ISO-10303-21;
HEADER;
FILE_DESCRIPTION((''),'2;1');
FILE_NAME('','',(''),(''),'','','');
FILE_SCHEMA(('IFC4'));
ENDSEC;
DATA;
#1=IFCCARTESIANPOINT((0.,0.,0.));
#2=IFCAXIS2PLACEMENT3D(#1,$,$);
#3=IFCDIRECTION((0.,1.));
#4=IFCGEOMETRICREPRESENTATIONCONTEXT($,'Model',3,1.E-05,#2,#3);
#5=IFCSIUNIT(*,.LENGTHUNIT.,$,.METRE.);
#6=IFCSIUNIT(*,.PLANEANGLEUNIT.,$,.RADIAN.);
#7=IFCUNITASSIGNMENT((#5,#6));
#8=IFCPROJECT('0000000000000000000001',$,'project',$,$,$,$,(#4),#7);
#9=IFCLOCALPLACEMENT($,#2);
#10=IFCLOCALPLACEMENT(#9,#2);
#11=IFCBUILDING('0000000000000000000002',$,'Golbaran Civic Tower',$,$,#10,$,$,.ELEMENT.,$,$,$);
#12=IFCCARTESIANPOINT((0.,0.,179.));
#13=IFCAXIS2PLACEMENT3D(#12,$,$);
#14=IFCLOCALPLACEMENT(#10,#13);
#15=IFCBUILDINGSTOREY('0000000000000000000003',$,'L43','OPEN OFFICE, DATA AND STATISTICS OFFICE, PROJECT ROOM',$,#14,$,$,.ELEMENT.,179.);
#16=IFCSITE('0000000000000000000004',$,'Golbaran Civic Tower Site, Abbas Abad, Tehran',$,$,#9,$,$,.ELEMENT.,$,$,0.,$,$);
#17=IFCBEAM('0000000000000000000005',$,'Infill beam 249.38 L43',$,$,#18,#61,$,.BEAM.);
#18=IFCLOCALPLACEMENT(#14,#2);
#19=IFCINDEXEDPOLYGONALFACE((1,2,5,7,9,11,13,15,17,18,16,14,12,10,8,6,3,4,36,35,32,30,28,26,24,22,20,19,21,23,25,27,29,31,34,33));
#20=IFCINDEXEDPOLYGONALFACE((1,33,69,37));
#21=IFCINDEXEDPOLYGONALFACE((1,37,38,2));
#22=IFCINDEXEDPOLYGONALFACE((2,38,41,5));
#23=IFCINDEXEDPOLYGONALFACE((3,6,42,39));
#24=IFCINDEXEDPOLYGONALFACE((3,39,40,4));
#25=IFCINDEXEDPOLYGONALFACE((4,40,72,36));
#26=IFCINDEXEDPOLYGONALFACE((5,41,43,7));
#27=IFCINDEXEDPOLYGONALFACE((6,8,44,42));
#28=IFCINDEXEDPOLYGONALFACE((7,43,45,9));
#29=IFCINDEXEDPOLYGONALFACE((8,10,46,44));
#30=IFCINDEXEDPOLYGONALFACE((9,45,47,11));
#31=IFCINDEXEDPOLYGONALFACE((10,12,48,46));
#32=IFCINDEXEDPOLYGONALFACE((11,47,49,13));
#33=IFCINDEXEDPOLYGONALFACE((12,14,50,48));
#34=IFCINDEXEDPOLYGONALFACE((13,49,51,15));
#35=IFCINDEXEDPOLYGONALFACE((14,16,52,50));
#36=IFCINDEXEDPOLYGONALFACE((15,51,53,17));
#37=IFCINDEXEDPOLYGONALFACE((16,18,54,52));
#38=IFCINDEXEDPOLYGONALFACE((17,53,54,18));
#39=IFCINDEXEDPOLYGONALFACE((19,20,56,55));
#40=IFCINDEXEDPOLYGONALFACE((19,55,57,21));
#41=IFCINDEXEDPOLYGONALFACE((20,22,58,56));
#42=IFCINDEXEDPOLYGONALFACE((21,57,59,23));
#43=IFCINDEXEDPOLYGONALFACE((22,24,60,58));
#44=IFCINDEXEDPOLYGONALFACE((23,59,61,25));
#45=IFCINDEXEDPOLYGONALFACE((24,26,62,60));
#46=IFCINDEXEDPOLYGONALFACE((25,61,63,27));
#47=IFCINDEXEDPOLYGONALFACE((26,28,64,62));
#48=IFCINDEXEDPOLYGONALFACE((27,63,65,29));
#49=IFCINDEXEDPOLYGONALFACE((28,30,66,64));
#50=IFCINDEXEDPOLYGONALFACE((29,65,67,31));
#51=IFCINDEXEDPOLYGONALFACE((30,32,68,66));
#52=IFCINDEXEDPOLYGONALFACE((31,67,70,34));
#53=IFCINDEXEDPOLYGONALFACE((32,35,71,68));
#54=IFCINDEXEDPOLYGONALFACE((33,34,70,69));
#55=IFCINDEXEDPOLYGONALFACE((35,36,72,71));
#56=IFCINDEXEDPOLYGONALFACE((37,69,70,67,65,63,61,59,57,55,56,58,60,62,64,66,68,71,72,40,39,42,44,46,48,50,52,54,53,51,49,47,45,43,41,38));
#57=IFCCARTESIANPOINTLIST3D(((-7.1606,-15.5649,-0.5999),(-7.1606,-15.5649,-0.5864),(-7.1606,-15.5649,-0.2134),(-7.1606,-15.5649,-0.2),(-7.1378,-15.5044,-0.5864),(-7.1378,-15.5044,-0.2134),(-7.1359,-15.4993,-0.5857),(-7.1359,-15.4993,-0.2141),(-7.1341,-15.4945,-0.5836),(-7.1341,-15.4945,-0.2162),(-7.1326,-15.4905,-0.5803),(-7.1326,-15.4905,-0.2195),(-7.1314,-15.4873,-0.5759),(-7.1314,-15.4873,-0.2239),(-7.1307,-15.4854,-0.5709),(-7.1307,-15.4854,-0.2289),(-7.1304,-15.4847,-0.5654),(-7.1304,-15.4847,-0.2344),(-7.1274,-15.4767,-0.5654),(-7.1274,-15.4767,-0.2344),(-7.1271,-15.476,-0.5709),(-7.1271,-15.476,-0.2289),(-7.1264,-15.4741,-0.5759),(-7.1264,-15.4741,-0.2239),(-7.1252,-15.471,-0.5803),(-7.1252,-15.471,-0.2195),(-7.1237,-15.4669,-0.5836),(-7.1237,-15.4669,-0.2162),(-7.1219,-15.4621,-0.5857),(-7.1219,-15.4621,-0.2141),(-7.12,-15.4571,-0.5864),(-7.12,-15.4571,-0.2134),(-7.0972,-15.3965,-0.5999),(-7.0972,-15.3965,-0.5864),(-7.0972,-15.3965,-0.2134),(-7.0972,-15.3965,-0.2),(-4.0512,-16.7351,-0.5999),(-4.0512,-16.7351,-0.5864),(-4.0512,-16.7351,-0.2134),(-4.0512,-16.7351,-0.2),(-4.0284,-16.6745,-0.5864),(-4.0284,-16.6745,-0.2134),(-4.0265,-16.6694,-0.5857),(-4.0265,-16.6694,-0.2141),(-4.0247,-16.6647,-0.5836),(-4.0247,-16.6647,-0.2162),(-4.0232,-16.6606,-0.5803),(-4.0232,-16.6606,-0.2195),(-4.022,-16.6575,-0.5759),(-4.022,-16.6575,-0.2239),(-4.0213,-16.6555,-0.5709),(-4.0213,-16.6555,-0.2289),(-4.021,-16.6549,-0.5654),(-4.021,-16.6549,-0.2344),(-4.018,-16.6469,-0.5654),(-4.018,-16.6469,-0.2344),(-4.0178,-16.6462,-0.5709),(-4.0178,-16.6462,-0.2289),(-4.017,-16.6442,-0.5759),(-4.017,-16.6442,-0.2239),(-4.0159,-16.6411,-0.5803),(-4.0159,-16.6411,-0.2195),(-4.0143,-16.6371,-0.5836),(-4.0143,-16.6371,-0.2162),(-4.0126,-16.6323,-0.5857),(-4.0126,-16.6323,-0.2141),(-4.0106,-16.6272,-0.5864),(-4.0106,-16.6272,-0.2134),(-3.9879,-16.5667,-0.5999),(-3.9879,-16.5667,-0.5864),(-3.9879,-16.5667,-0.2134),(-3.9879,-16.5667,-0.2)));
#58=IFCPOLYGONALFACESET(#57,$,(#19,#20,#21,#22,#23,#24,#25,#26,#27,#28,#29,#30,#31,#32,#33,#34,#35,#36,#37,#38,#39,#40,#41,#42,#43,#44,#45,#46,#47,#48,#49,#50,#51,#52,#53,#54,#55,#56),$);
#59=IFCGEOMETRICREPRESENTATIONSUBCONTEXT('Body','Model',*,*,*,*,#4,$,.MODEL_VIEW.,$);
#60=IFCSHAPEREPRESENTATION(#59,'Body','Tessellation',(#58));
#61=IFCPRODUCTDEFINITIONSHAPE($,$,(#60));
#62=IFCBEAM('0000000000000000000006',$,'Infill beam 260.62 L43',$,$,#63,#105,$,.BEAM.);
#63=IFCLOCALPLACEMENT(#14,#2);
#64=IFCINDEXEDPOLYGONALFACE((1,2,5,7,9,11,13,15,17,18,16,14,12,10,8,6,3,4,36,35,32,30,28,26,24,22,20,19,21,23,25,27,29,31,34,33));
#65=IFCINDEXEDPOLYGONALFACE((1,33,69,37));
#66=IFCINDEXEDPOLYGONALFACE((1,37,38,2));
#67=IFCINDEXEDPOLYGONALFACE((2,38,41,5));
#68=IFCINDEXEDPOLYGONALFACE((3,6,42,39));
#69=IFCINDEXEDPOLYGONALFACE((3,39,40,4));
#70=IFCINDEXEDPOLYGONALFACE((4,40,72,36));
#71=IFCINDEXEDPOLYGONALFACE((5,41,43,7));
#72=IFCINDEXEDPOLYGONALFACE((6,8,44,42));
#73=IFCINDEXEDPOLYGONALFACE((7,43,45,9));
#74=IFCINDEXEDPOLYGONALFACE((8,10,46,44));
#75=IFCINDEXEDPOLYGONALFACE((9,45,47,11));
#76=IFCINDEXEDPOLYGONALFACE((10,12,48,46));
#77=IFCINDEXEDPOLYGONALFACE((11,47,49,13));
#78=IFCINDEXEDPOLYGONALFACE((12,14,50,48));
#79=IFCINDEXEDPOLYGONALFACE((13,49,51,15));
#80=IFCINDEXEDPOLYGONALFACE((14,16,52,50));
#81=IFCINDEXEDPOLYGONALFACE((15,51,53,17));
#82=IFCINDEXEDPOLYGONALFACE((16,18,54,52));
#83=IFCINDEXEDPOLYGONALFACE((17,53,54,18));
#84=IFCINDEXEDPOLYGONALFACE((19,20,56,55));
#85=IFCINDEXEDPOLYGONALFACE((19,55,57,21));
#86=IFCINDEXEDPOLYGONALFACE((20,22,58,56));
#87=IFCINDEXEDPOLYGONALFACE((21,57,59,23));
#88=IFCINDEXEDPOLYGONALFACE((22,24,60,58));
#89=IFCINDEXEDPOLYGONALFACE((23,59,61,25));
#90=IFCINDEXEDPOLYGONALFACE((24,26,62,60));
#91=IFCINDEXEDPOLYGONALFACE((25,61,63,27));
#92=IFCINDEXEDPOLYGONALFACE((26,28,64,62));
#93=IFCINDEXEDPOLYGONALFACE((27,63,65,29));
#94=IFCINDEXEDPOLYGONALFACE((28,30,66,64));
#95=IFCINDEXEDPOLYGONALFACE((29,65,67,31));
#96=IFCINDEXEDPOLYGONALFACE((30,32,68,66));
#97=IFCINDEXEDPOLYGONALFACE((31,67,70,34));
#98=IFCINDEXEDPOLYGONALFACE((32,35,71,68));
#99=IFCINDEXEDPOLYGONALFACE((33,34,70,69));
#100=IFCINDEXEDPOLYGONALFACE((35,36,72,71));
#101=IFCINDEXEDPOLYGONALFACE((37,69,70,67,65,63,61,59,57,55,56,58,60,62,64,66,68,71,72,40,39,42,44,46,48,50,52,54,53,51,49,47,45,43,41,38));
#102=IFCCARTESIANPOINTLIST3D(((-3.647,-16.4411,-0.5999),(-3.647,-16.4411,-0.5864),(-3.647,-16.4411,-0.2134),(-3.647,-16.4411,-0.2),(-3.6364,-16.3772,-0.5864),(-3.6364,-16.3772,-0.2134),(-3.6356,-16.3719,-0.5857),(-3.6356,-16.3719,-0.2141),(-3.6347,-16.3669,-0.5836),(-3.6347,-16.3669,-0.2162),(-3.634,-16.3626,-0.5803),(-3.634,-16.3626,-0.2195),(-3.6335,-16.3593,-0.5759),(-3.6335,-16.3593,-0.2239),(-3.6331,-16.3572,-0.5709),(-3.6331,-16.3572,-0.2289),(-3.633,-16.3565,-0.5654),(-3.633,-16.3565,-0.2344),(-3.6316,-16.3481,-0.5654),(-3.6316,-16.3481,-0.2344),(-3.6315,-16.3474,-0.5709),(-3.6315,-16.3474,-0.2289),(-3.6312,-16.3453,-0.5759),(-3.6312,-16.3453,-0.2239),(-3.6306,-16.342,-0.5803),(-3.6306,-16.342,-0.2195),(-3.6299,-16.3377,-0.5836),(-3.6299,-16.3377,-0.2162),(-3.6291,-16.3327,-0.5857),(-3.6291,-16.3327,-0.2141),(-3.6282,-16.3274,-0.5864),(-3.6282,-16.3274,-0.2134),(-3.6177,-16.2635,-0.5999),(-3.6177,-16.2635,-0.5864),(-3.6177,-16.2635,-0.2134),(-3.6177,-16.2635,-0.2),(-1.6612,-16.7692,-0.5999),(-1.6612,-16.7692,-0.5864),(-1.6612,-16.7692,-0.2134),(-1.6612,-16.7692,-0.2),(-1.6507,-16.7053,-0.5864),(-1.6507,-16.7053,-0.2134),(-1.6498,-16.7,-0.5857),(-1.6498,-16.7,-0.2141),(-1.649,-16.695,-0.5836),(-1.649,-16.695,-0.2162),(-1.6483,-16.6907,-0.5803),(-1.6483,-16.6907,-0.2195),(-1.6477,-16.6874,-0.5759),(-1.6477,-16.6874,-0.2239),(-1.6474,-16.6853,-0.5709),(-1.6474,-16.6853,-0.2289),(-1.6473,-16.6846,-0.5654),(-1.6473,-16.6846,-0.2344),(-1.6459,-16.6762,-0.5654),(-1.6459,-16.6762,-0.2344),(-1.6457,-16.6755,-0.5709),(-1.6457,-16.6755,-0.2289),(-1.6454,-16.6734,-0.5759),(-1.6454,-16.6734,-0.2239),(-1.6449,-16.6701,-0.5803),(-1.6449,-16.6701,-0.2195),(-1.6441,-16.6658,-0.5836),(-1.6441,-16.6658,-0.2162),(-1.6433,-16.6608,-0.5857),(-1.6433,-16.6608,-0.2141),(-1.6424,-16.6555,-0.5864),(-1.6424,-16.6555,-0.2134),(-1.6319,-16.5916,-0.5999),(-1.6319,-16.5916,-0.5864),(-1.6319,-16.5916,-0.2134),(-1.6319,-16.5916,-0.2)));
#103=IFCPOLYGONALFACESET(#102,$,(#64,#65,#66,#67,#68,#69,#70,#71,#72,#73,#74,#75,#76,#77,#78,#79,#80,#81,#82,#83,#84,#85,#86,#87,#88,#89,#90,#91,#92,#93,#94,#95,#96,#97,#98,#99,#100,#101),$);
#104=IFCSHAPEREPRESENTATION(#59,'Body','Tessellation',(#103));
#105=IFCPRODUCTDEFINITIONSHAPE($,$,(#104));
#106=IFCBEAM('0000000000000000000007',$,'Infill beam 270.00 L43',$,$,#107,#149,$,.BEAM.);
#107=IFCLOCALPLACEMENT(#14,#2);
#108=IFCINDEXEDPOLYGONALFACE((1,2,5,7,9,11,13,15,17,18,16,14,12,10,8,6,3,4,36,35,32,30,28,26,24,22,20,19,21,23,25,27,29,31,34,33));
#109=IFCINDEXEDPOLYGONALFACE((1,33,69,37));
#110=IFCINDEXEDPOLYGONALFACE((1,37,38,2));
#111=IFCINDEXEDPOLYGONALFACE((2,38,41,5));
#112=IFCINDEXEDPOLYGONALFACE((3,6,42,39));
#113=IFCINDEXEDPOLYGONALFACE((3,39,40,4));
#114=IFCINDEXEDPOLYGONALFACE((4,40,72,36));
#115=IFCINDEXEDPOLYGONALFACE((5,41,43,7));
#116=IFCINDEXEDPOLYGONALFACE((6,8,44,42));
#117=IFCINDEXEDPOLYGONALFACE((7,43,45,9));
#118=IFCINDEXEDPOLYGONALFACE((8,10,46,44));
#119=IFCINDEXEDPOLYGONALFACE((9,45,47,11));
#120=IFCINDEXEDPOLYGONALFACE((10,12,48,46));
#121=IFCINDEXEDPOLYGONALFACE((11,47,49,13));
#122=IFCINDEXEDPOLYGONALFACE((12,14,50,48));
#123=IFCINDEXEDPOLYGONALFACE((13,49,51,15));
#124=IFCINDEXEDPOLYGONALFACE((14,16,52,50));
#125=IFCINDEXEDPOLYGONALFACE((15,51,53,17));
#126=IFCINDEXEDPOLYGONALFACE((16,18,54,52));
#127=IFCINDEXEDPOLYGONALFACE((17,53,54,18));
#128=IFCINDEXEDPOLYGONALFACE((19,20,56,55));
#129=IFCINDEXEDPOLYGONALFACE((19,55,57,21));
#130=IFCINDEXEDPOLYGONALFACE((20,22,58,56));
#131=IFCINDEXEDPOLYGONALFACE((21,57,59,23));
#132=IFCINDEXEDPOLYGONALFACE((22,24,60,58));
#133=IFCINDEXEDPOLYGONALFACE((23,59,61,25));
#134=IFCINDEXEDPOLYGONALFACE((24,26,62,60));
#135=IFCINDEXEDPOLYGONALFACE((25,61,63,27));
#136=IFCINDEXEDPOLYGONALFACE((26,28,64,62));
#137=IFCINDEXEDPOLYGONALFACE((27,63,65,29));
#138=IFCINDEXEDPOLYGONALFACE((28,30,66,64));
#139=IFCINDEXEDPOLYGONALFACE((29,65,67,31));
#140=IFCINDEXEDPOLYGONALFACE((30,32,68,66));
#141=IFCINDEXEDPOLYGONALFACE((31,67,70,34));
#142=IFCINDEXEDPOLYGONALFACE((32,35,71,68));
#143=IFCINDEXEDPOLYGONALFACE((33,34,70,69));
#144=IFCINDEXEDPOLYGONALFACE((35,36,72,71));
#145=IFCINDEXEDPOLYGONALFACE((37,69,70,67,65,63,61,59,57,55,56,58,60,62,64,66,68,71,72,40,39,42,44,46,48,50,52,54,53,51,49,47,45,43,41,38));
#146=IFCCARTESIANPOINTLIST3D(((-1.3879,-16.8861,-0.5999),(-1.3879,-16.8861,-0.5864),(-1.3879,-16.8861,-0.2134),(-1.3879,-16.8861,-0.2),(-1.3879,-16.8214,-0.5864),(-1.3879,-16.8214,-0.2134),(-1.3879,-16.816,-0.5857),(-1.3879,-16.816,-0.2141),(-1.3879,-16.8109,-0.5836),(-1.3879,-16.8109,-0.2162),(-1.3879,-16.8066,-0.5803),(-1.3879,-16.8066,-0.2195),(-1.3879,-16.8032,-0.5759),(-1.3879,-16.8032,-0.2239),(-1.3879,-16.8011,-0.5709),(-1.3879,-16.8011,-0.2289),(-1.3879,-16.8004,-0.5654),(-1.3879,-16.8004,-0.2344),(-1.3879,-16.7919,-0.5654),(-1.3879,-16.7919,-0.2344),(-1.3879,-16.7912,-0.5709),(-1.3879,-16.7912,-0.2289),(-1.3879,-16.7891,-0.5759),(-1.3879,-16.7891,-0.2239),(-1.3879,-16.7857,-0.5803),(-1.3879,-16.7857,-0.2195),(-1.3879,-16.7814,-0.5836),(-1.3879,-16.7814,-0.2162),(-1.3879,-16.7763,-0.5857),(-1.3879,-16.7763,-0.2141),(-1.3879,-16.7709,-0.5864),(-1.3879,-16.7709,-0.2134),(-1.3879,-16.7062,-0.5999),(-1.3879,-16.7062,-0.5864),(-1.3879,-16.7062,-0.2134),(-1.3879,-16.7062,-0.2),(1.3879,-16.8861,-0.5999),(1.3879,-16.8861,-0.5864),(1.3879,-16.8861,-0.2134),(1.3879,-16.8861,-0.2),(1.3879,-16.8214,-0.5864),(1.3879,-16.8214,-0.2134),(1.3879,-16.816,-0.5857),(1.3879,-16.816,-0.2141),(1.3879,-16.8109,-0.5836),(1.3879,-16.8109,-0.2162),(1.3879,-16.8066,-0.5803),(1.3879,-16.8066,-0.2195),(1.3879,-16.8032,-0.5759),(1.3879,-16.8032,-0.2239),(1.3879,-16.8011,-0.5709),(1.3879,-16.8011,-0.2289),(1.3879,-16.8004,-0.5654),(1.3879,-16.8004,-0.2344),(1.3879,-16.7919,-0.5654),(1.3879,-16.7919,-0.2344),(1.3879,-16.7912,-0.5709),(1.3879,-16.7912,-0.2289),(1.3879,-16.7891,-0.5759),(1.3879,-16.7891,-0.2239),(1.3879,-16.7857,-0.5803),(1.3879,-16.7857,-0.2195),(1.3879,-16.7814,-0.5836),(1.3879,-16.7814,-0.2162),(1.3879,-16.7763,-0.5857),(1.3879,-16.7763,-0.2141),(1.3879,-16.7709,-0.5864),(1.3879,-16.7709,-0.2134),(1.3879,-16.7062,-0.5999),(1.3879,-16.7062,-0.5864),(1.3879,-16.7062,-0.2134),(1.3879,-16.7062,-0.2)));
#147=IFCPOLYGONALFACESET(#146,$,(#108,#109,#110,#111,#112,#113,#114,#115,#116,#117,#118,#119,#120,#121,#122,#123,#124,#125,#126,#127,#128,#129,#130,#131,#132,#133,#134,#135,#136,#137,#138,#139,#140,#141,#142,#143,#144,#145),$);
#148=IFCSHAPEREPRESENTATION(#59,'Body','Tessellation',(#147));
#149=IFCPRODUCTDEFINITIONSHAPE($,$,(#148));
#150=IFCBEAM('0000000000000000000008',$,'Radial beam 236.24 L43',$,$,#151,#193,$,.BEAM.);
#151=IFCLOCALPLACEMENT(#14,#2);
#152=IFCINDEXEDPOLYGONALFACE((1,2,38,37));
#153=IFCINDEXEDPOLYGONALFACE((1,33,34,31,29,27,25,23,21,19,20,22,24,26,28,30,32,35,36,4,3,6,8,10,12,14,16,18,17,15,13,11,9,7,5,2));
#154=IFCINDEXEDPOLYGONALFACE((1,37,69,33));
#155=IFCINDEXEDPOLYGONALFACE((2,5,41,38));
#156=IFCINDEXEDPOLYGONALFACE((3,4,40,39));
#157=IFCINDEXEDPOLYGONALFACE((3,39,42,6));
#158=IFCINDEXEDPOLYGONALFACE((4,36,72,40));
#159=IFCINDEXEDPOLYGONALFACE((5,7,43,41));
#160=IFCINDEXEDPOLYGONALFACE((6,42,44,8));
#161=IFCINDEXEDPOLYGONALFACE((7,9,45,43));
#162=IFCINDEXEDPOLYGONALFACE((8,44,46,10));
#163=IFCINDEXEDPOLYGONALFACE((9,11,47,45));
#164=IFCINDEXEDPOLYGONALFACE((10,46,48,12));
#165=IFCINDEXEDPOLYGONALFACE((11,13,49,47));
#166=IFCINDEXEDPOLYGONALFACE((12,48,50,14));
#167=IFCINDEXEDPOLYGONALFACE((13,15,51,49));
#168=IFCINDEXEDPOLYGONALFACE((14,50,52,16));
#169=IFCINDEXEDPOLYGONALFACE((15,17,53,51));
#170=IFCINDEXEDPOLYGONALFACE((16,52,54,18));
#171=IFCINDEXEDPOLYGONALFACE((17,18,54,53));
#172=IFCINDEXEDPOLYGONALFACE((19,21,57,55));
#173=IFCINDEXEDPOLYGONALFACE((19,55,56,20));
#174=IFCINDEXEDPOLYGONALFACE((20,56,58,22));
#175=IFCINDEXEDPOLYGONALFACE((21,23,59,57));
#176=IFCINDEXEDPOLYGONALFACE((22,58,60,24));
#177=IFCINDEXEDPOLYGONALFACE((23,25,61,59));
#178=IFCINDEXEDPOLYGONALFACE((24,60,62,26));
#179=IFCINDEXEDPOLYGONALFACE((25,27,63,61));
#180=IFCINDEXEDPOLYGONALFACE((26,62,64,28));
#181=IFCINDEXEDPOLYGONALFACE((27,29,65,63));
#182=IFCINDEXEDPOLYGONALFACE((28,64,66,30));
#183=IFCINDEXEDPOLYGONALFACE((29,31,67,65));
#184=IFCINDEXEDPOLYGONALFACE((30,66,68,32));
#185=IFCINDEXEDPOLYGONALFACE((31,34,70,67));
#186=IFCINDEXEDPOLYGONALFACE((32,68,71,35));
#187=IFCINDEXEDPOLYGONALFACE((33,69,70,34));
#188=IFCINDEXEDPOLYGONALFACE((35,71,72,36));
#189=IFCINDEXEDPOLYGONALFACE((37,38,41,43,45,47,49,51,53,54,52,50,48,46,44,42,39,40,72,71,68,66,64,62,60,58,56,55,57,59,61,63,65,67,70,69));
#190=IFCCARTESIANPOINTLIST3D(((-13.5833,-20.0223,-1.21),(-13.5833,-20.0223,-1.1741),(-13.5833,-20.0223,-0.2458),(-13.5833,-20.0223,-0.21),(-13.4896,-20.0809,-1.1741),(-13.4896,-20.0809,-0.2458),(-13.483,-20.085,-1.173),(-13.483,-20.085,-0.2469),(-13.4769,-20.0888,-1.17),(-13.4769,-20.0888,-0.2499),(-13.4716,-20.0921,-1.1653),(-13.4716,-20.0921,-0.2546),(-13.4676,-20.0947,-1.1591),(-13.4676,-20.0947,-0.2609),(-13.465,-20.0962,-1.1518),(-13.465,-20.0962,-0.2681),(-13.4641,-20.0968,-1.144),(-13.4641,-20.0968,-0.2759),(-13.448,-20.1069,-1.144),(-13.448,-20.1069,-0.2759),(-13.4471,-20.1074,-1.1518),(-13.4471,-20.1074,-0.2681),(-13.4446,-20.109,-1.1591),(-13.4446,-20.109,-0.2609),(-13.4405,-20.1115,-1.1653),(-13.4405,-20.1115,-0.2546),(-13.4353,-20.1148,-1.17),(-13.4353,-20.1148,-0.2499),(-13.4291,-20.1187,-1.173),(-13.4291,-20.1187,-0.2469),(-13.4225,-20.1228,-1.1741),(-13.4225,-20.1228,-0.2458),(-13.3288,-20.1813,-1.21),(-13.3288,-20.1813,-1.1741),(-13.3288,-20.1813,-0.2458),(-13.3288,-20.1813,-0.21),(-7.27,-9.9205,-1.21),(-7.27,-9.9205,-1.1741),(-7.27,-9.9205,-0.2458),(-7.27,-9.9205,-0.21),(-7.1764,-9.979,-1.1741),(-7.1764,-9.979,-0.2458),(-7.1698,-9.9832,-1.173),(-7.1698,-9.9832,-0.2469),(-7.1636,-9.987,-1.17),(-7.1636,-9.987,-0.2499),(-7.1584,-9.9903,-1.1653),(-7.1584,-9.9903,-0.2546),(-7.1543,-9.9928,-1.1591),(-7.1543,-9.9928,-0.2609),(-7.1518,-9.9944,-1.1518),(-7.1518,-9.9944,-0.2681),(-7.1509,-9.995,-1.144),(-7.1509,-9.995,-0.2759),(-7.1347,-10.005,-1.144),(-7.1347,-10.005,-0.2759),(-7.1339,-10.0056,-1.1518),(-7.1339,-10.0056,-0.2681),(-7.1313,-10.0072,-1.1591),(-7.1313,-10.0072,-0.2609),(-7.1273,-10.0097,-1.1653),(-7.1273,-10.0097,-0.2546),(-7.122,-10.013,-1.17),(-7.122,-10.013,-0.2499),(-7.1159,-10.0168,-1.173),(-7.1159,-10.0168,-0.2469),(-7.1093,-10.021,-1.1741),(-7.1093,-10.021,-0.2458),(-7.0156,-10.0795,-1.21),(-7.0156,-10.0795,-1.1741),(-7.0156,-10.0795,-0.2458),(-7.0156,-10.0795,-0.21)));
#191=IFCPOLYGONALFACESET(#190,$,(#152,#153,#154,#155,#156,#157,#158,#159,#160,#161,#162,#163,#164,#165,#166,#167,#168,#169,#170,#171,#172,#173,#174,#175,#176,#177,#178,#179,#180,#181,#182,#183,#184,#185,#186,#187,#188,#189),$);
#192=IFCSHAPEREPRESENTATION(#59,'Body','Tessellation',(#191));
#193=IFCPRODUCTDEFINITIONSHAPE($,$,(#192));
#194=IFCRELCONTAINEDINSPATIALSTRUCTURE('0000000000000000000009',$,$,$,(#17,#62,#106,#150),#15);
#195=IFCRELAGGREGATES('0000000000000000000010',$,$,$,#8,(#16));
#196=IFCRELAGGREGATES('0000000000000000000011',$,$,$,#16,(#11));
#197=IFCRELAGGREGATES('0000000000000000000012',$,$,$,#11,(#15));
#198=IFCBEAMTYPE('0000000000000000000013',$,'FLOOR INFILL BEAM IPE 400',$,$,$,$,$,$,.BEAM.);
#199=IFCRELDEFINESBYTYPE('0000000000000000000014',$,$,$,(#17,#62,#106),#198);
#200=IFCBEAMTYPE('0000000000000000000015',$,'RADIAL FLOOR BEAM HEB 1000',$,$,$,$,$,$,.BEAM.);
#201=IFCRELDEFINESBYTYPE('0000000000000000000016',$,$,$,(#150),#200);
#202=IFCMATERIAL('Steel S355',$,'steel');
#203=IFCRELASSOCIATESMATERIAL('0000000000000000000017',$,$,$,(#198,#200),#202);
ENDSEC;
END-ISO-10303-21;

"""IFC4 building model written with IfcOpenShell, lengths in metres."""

from ifc_helpers import new_model, si_unit, direction, frame, origin, origin_2d, place, context, subcontext, project, spatial, i_section, extrude, material, material_profile, profile_set, type_object, element, save


model = new_model("IFC4")

# Units and contexts
model_context = context("Model", 3, precision=1e-05, world=origin(), true_north=direction((0.0, 1.0)))
body_context = subcontext(model_context, "Body", "Model", "MODEL_VIEW")
ifc_project = project(units=[si_unit("LENGTHUNIT", "METRE"), si_unit("PLANEANGLEUNIT", "RADIAN")], contexts=[model_context])

# Site, building, storey
site_placement = place(None, origin())
site = spatial("IfcSite", under=ifc_project, at=site_placement, Name="Golbaran Civic Tower Site, Abbas Abad, Tehran", CompositionType="ELEMENT", RefElevation=0.0)
building_placement = place(site_placement, origin())
building = spatial("IfcBuilding", under=site, at=building_placement, Name="Golbaran Civic Tower", CompositionType="ELEMENT")
storey_placement = place(building_placement, frame((0.0, 0.0, 179.0)))
storey = spatial("IfcBuildingStorey", under=building, at=storey_placement, Name="L43", Description="OPEN OFFICE, DATA AND STATISTICS OFFICE, PROJECT ROOM", CompositionType="ELEMENT", Elevation=179.0)

# Beams
ifc_material_1 = material(Name="Steel S355", Category="steel")
ifc_material_profile_1 = material_profile(ifc_material_1, i_section(OverallWidth=0.1799, OverallDepth=0.3999, WebThickness=0.0085, FlangeThickness=0.0134, FilletRadius=0.021, at=origin_2d()), Name="IPE 400")
ifc_profile_set_1 = profile_set([ifc_material_profile_1], Name="Steel S355")
beam_type_1 = type_object("IfcBeamType", Name="FLOOR INFILL BEAM IPE 400", PredefinedType="BEAM", material=ifc_profile_set_1)
beam_1_placement = place(storey_placement, frame((-7.1289, -15.4807, -0.3999), z_axis=(0.935918, -0.352218, 0.0), x_axis=(0.352218, 0.935918, 0.0)))
element("IfcBeam", 1, at=beam_1_placement, inside=storey, type_object=beam_type_1, Name="Infill beam 249.38 L43", PredefinedType="BEAM", context=body_context, shape_type="SweptSolid", body=[
    extrude(i_section(OverallWidth=0.1799, OverallDepth=0.3999, WebThickness=0.0085, FlangeThickness=0.0134, FilletRadius=0.021, at=origin_2d()), origin(), (0.0, 0.0, 1.0), 3.3223),
])
beam_2_placement = place(storey_placement, frame((-3.6323, -16.3523, -0.3999), z_axis=(0.986622, -0.163022, 0.0), x_axis=(0.163022, 0.986622, 0.0)))
element("IfcBeam", 2, at=beam_2_placement, inside=storey, type_object=beam_type_1, Name="Infill beam 260.62 L43", PredefinedType="BEAM", context=body_context, shape_type="SweptSolid", body=[
    extrude(i_section(OverallWidth=0.1799, OverallDepth=0.3999, WebThickness=0.0085, FlangeThickness=0.0134, FilletRadius=0.021, at=origin_2d()), origin(), (0.0, 0.0, 1.0), 2.0127),
])
beam_3_placement = place(storey_placement, frame((-1.3879, -16.7961, -0.3999), z_axis=(1.0, 0.0, 0.0), x_axis=(0.0, 1.0, 0.0)))
element("IfcBeam", 3, at=beam_3_placement, inside=storey, type_object=beam_type_1, Name="Infill beam 270.00 L43", PredefinedType="BEAM", context=body_context, shape_type="SweptSolid", body=[
    extrude(i_section(OverallWidth=0.1799, OverallDepth=0.3999, WebThickness=0.0085, FlangeThickness=0.0134, FilletRadius=0.021, at=origin_2d()), origin(), (0.0, 0.0, 1.0), 2.7759),
])
ifc_material_profile_2 = material_profile(ifc_material_1, i_section(OverallWidth=0.3, OverallDepth=1.0, WebThickness=0.019, FlangeThickness=0.0359, FilletRadius=0.03, at=origin_2d()), Name="HEB 1000")
ifc_profile_set_2 = profile_set([ifc_material_profile_2], Name="Steel S355")
beam_type_2 = type_object("IfcBeamType", Name="RADIAL FLOOR BEAM HEB 1000", PredefinedType="BEAM", material=ifc_profile_set_2)
beam_4_placement = place(storey_placement, frame((-7.1428, -10.0, -0.71), z_axis=(-0.529975, -0.848013, 0.0), x_axis=(0.848013, -0.529975, 0.0)))
element("IfcBeam", 4, at=beam_4_placement, inside=storey, type_object=beam_type_2, Name="Radial beam 236.24 L43", PredefinedType="BEAM", context=body_context, shape_type="SweptSolid", body=[
    extrude(i_section(OverallWidth=0.3, OverallDepth=1.0, WebThickness=0.019, FlangeThickness=0.0359, FilletRadius=0.03, at=origin_2d()), origin(), (0.0, 0.0, 1.0), 11.9124),
])

save(model, "model.ifc")
